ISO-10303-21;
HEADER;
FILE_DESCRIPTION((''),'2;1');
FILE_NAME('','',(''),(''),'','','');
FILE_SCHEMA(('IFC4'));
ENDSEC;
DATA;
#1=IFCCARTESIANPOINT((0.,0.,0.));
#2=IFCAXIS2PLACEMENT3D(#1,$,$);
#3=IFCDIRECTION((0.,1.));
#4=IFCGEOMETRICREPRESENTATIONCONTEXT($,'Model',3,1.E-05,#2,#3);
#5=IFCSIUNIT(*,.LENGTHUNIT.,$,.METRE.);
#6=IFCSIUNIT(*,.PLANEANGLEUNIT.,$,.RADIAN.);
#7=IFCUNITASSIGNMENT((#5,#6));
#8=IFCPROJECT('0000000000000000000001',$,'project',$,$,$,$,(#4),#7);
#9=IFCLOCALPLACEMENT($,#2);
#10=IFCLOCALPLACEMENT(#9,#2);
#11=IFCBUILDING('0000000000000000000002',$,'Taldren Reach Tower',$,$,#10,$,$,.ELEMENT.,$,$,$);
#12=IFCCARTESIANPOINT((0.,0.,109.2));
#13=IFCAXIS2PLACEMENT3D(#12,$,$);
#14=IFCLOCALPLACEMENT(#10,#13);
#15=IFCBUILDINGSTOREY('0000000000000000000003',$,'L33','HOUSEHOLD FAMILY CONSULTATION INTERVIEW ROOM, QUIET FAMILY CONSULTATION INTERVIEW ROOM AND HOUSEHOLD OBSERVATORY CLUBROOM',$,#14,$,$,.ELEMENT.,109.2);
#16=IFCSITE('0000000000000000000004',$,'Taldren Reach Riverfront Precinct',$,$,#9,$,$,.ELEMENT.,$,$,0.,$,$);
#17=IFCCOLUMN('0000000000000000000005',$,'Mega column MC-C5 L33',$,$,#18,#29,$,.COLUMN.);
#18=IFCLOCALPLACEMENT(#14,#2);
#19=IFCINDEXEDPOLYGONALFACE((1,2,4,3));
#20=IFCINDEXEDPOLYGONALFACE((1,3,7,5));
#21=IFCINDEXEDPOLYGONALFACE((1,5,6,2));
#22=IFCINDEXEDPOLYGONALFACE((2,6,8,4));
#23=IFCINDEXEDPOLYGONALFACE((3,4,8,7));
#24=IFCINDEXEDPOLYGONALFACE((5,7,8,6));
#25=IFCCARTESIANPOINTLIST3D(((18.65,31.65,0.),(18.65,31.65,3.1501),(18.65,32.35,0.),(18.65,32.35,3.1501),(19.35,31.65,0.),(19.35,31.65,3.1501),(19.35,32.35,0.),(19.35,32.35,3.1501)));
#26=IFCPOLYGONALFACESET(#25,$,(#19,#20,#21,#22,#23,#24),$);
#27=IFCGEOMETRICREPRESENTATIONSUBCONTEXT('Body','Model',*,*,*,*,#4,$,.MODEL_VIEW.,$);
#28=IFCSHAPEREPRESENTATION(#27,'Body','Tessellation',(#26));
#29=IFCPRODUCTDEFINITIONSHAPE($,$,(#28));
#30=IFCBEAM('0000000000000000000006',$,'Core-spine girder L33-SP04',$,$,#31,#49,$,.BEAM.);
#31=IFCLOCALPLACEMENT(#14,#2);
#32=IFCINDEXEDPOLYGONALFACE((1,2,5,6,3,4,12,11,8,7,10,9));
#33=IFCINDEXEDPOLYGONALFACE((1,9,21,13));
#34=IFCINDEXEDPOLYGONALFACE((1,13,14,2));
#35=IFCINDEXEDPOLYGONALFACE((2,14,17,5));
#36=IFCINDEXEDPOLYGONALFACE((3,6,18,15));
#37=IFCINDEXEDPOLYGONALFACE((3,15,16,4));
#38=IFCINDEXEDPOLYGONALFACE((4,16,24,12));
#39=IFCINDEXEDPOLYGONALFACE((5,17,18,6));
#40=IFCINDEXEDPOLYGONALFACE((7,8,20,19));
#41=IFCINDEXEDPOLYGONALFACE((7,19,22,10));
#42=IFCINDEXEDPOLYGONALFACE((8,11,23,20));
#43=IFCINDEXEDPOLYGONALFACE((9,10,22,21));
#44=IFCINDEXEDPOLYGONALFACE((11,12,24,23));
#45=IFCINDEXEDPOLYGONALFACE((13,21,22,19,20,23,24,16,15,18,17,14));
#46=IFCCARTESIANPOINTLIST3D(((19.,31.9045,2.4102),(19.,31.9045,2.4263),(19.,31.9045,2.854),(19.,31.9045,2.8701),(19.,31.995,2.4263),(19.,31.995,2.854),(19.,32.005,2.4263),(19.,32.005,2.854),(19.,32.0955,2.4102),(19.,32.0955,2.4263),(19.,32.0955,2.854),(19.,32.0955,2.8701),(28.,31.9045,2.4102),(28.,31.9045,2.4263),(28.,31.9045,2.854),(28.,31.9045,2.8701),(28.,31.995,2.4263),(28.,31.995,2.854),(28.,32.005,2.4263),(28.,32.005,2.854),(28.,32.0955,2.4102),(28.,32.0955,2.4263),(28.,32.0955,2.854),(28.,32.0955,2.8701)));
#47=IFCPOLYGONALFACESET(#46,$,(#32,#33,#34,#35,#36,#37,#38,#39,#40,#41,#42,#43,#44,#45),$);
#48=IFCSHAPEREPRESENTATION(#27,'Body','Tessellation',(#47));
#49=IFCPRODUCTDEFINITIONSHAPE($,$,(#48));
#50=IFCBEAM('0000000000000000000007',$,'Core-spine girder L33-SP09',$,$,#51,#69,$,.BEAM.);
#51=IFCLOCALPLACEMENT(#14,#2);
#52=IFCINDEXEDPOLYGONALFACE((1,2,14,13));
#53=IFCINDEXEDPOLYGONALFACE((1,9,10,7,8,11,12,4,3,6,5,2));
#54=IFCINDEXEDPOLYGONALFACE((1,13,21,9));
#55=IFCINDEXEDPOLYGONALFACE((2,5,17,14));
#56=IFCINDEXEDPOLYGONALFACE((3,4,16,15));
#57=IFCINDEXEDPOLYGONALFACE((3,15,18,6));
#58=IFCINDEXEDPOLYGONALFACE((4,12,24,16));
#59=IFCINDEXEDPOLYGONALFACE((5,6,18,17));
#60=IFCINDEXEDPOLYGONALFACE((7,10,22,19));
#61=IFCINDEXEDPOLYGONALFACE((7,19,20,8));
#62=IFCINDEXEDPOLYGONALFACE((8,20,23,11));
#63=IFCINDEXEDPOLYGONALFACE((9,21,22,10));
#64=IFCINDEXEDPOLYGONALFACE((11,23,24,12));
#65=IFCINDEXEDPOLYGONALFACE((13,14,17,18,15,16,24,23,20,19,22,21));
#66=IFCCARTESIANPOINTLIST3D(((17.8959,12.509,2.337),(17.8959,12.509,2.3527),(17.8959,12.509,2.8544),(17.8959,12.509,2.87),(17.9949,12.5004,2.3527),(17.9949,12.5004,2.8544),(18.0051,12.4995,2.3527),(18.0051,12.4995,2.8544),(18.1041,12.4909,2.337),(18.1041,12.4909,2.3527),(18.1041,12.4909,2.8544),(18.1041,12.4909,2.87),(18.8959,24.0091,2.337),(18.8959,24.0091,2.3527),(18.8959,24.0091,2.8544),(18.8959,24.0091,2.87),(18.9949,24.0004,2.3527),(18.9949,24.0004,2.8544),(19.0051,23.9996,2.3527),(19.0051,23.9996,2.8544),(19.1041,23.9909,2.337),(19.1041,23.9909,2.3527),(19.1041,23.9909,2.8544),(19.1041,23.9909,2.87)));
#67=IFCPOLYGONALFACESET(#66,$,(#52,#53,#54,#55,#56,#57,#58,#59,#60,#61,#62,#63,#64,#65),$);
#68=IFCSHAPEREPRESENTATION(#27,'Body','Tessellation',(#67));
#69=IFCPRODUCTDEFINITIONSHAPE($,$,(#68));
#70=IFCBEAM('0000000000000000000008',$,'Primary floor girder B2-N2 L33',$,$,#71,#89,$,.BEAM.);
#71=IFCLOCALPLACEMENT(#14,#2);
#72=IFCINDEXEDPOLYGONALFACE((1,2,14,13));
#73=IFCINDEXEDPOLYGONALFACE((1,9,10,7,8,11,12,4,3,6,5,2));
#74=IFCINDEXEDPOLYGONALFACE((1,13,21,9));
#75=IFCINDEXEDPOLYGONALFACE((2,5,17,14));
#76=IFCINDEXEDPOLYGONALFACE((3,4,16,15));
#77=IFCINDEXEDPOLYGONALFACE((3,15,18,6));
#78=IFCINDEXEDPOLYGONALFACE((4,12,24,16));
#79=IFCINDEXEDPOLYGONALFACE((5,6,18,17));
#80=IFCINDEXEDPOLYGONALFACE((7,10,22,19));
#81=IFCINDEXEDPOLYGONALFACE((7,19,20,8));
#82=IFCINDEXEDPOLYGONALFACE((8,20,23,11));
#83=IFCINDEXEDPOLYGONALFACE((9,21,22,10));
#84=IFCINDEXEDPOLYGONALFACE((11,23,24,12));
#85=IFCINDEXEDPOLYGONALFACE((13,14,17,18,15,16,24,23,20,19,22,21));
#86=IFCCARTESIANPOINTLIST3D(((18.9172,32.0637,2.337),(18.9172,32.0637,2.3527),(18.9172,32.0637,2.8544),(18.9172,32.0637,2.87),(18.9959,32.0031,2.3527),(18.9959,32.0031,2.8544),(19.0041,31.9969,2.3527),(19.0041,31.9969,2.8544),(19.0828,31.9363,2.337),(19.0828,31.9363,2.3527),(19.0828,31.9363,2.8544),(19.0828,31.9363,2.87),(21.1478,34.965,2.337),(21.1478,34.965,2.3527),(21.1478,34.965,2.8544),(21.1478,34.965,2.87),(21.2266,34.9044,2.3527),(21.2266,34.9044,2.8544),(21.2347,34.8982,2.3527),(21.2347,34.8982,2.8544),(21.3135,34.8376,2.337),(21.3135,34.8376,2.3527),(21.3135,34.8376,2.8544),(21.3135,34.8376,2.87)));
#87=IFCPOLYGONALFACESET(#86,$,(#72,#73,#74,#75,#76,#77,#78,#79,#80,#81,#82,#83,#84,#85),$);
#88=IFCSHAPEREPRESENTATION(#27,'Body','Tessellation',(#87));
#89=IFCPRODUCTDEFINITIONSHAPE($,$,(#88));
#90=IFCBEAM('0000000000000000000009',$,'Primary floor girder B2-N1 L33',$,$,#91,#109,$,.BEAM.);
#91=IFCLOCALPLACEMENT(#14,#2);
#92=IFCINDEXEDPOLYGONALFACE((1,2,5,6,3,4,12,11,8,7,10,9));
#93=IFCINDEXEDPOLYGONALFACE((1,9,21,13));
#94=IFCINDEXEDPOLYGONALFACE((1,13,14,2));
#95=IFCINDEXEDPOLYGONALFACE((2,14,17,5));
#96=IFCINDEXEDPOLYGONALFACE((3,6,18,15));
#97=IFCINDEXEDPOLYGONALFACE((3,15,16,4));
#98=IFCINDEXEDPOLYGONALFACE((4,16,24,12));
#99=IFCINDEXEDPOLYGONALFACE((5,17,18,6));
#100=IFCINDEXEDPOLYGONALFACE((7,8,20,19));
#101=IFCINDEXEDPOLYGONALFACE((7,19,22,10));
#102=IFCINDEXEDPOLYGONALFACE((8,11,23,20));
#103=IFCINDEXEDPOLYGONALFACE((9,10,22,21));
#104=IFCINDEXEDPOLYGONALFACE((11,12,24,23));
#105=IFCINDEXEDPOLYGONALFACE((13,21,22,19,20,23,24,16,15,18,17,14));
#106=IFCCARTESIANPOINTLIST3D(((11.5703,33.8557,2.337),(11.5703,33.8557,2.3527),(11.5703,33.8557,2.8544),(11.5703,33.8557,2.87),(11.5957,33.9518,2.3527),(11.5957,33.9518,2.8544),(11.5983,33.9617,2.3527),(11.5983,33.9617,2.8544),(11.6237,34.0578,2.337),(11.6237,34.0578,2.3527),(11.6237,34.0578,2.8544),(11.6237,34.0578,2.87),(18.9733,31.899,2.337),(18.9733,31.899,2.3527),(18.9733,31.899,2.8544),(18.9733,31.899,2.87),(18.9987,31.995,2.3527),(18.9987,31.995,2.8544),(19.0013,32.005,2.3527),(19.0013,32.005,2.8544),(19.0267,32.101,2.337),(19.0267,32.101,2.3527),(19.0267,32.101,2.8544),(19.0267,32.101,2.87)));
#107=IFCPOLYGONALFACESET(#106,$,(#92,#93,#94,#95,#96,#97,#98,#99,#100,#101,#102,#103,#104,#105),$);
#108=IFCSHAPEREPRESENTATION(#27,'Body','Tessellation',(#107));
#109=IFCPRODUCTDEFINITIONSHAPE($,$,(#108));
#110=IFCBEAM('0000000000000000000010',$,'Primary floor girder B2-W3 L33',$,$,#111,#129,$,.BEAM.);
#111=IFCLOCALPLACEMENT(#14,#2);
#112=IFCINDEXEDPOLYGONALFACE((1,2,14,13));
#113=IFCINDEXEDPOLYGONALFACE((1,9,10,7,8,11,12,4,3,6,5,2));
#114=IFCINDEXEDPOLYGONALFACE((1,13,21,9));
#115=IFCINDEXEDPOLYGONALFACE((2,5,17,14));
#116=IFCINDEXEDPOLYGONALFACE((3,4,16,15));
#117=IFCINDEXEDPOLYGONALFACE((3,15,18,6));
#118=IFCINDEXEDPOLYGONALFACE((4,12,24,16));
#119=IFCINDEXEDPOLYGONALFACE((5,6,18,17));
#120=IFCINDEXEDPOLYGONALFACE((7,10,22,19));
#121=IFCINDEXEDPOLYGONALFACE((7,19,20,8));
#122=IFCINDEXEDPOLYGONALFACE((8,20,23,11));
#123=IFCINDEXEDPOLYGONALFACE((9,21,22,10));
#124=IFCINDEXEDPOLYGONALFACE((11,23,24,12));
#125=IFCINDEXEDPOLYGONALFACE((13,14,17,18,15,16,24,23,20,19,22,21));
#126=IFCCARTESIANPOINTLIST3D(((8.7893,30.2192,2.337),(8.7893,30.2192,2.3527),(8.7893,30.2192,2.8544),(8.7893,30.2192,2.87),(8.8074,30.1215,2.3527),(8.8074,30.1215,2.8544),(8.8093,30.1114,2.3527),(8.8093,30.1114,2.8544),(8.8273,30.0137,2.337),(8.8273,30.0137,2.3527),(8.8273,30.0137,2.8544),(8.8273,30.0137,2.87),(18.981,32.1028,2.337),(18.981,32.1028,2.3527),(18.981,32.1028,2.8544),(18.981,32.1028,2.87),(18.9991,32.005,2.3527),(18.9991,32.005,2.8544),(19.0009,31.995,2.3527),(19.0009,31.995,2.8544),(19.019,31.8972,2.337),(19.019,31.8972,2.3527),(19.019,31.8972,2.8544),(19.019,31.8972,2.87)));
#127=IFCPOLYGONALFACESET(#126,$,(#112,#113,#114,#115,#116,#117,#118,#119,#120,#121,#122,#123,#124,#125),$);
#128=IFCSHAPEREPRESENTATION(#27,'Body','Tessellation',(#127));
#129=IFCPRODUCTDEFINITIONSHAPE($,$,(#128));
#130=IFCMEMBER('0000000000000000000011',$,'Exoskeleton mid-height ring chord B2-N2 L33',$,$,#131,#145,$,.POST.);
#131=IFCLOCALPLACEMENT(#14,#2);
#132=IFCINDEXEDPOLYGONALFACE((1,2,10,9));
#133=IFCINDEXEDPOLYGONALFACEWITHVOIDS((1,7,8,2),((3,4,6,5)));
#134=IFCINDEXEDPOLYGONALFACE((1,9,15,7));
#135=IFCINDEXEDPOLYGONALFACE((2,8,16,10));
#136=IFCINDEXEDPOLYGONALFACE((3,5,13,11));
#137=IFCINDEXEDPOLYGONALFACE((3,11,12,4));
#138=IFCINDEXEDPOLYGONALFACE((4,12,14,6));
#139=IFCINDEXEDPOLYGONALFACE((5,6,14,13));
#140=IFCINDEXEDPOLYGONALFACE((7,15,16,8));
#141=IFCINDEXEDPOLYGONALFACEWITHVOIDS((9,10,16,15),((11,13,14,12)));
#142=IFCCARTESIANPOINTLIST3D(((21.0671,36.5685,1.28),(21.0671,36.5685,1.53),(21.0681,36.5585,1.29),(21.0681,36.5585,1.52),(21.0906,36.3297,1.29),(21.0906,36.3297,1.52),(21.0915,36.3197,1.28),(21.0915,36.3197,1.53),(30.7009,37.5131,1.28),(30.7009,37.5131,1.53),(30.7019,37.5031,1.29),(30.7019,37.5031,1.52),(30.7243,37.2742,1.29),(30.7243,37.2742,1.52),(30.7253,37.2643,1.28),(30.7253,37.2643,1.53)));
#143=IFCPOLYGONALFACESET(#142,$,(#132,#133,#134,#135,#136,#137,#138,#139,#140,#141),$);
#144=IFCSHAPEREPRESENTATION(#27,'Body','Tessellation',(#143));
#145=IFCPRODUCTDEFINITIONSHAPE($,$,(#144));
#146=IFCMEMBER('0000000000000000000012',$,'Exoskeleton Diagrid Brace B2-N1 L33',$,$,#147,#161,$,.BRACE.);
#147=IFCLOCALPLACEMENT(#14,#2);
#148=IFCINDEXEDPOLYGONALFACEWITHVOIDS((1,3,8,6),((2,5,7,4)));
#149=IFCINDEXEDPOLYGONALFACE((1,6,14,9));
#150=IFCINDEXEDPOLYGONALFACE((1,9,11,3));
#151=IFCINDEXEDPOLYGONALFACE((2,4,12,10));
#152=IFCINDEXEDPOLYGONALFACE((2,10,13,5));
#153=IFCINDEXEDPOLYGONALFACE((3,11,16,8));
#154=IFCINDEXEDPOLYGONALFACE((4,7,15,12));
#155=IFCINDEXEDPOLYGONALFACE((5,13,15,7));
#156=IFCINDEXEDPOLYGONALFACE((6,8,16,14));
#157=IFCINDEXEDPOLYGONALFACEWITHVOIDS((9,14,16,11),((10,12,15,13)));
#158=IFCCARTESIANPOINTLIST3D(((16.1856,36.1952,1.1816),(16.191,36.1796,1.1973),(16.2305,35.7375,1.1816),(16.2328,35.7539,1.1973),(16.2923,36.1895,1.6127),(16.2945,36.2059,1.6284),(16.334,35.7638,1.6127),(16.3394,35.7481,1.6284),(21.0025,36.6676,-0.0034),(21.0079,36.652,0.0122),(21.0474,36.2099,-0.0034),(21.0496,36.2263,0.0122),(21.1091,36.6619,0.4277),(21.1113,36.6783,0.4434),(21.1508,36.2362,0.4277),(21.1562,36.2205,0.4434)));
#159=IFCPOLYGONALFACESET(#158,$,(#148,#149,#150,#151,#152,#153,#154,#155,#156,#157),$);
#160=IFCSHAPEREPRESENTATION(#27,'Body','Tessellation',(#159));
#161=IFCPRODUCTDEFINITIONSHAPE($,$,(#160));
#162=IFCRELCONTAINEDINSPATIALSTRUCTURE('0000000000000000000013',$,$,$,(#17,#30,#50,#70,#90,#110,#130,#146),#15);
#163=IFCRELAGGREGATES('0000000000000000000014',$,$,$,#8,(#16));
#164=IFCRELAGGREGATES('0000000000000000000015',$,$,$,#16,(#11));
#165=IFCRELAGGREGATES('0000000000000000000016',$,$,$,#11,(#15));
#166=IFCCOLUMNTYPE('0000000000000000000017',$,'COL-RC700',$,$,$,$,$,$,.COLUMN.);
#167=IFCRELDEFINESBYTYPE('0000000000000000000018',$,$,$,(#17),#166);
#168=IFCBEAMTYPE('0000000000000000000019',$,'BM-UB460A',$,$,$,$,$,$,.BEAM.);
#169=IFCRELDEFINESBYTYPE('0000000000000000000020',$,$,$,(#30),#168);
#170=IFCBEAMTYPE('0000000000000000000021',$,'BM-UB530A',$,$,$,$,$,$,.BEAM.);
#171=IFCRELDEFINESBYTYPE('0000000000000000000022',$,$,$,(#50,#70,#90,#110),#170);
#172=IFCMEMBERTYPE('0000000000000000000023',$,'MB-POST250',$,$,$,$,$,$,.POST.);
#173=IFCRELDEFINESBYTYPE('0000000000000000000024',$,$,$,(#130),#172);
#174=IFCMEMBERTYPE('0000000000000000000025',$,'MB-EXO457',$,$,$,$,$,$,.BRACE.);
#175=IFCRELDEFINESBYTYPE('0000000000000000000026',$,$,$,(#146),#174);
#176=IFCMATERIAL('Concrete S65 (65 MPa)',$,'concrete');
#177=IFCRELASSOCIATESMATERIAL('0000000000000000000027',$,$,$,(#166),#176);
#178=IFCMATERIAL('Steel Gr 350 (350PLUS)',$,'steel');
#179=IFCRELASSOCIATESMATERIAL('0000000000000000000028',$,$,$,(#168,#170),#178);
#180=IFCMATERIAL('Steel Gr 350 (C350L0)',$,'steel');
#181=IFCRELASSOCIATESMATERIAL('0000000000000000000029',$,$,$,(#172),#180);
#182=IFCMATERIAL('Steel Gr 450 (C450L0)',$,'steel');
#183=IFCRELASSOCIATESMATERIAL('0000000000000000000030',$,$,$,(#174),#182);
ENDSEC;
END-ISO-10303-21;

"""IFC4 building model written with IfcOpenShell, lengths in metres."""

from ifc_helpers import new_model, si_unit, direction, frame, origin, origin_2d, place, context, subcontext, project, spatial, rectangle, hollow_rectangle, i_section, extrude, source, transform, mapped, material, material_profile, profile_set, type_object, element, save


model = new_model("IFC4")

# Units and contexts
model_context = context("Model", 3, precision=1e-05, world=origin(), true_north=direction((0.0, 1.0)))
body_context = subcontext(model_context, "Body", "Model", "MODEL_VIEW")
ifc_project = project(units=[si_unit("LENGTHUNIT", "METRE"), si_unit("PLANEANGLEUNIT", "RADIAN")], contexts=[model_context])

# Site, building, storey
site_placement = place(None, origin())
site = spatial("IfcSite", under=ifc_project, at=site_placement, Name="Taldren Reach Riverfront Precinct", CompositionType="ELEMENT", RefElevation=0.0)
building_placement = place(site_placement, origin())
building = spatial("IfcBuilding", under=site, at=building_placement, Name="Taldren Reach Tower", CompositionType="ELEMENT")
storey_placement = place(building_placement, frame((0.0, 0.0, 109.2)))
storey = spatial("IfcBuildingStorey", under=building, at=storey_placement, Name="L33", Description="HOUSEHOLD FAMILY CONSULTATION INTERVIEW ROOM, QUIET FAMILY CONSULTATION INTERVIEW ROOM AND HOUSEHOLD OBSERVATORY CLUBROOM", CompositionType="ELEMENT", Elevation=109.2)

# Column
ifc_material_1 = material(Name="Concrete S65 (65 MPa)", Category="concrete")
ifc_material_profile_1 = material_profile(ifc_material_1, rectangle(XDim=0.7, YDim=0.7, at=origin_2d()), Name="RC-700x700")
ifc_profile_set_1 = profile_set([ifc_material_profile_1], Name="Concrete S65 (65 MPa)")
column_type = type_object("IfcColumnType", Name="COL-RC700", PredefinedType="COLUMN", material=ifc_profile_set_1)
shared_shape_1 = source(origin(), body_context, "Body", "SweptSolid", [
    extrude(rectangle(XDim=0.7, YDim=0.7, at=origin_2d()), origin(), (0.0, 0.0, 1.0), 3.1501),
])
column_placement = place(storey_placement, frame((19.0, 32.0, 0.0), z_axis=(0.0, 0.0, 1.0), x_axis=(1.0, 0.0, 0.0)))
element("IfcColumn", 1, at=column_placement, inside=storey, type_object=column_type, Name="Mega column MC-C5 L33", PredefinedType="COLUMN", context=body_context, shape_type="MappedRepresentation", body=[
    mapped(shared_shape_1, transform((0.0, 0.0, 0.0), scale=1.0)),
])

# Beams
ifc_material_2 = material(Name="Steel Gr 350 (350PLUS)", Category="steel")
ifc_material_profile_2 = material_profile(ifc_material_2, i_section(OverallWidth=0.1909, OverallDepth=0.46, WebThickness=0.01, FlangeThickness=0.0161, at=origin_2d()), Name="460UB82.1")
ifc_profile_set_2 = profile_set([ifc_material_profile_2], Name="Steel Gr 350 (350PLUS)")
beam_type_1 = type_object("IfcBeamType", Name="BM-UB460A", PredefinedType="BEAM", material=ifc_profile_set_2)
shared_shape_2 = source(origin(), body_context, "Body", "SweptSolid", [
    extrude(i_section(OverallWidth=0.1909, OverallDepth=0.46, WebThickness=0.01, FlangeThickness=0.0161, at=origin_2d()), origin(), (0.0, 0.0, 1.0), 9.0),
])
beam_1_placement = place(storey_placement, frame((19.0, 32.0, 2.6401), z_axis=(1.0, 0.0, 0.0), x_axis=(0.0, 1.0, 0.0)))
element("IfcBeam", 2, at=beam_1_placement, inside=storey, type_object=beam_type_1, Name="Core-spine girder L33-SP04", PredefinedType="BEAM", context=body_context, shape_type="MappedRepresentation", body=[
    mapped(shared_shape_2, transform((0.0, 0.0, 0.0), scale=1.0)),
])
ifc_material_profile_3 = material_profile(ifc_material_2, i_section(OverallWidth=0.209, OverallDepth=0.533, WebThickness=0.0103, FlangeThickness=0.0156, at=origin_2d()), Name="530UB92.4")
ifc_profile_set_3 = profile_set([ifc_material_profile_3], Name="Steel Gr 350 (350PLUS)")
beam_type_2 = type_object("IfcBeamType", Name="BM-UB530A", PredefinedType="BEAM", material=ifc_profile_set_3)
shared_shape_3 = source(origin(), body_context, "Body", "SweptSolid", [
    extrude(i_section(OverallWidth=0.209, OverallDepth=0.533, WebThickness=0.0103, FlangeThickness=0.0156, at=origin_2d()), origin(), (0.0, 0.0, 1.0), 11.5435),
])
beam_2_placement = place(storey_placement, frame((19.0, 24.0, 2.6035), z_axis=(-0.08663, -0.996241, 0.0), x_axis=(0.996241, -0.08663, 0.0)))
element("IfcBeam", 3, at=beam_2_placement, inside=storey, type_object=beam_type_2, Name="Core-spine girder L33-SP09", PredefinedType="BEAM", context=body_context, shape_type="MappedRepresentation", body=[
    mapped(shared_shape_3, transform((0.0, 0.0, 0.0), scale=1.0)),
])
shared_shape_4 = source(origin(), body_context, "Body", "SweptSolid", [
    extrude(i_section(OverallWidth=0.209, OverallDepth=0.533, WebThickness=0.0103, FlangeThickness=0.0156, at=origin_2d()), origin(), (0.0, 0.0, 1.0), 3.6597),
])
beam_3_placement = place(storey_placement, frame((19.0, 32.0, 2.6035), z_axis=(0.609521, 0.79277, 0.0), x_axis=(-0.79277, 0.609521, 0.0)))
element("IfcBeam", 4, at=beam_3_placement, inside=storey, type_object=beam_type_2, Name="Primary floor girder B2-N2 L33", PredefinedType="BEAM", context=body_context, shape_type="MappedRepresentation", body=[
    mapped(shared_shape_4, transform((0.0, 0.0, 0.0), scale=1.0)),
])
shared_shape_5 = source(origin(), body_context, "Body", "SweptSolid", [
    extrude(i_section(OverallWidth=0.209, OverallDepth=0.533, WebThickness=0.0103, FlangeThickness=0.0156, at=origin_2d()), origin(), (0.0, 0.0, 1.0), 7.6572),
])
beam_4_placement = place(storey_placement, frame((19.0, 32.0, 2.6035), z_axis=(-0.966797, 0.255545, 0.0), x_axis=(-0.255545, -0.966797, 0.0)))
element("IfcBeam", 5, at=beam_4_placement, inside=storey, type_object=beam_type_2, Name="Primary floor girder B2-N1 L33", PredefinedType="BEAM", context=body_context, shape_type="MappedRepresentation", body=[
    mapped(shared_shape_5, transform((0.0, 0.0, 0.0), scale=1.0)),
])
shared_shape_6 = source(origin(), body_context, "Body", "SweptSolid", [
    extrude(i_section(OverallWidth=0.209, OverallDepth=0.533, WebThickness=0.0103, FlangeThickness=0.0156, at=origin_2d()), origin(), (0.0, 0.0, 1.0), 10.3643),
])
beam_5_placement = place(storey_placement, frame((19.0, 32.0, 2.6035), z_axis=(-0.983348, -0.181735, 0.0), x_axis=(0.181735, -0.983348, 0.0)))
element("IfcBeam", 6, at=beam_5_placement, inside=storey, type_object=beam_type_2, Name="Primary floor girder B2-W3 L33", PredefinedType="BEAM", context=body_context, shape_type="MappedRepresentation", body=[
    mapped(shared_shape_6, transform((0.0, 0.0, 0.0), scale=1.0)),
])

# Members
ifc_material_3 = material(Name="Steel Gr 350 (C350L0)", Category="steel")
ifc_material_profile_4 = material_profile(ifc_material_3, hollow_rectangle(XDim=0.25, YDim=0.25, WallThickness=0.01, at=origin_2d()), Name="250x250x10.0SHS")
ifc_profile_set_4 = profile_set([ifc_material_profile_4], Name="Steel Gr 350 (C350L0)")
member_type_1 = type_object("IfcMemberType", Name="MB-POST250", PredefinedType="POST", material=ifc_profile_set_4)
shared_shape_7 = source(origin(), body_context, "Body", "SweptSolid", [
    extrude(hollow_rectangle(XDim=0.25, YDim=0.25, WallThickness=0.01, at=origin_2d()), origin(), (0.0, 0.0, 1.0), 9.6799),
])
member_placement = place(storey_placement, frame((21.0793, 36.4441, 1.405), z_axis=(0.995228, 0.097581, 0.0), x_axis=(-0.097581, 0.995228, 0.0)))
element("IfcMember", 7, at=member_placement, inside=storey, type_object=member_type_1, Name="Exoskeleton mid-height ring chord B2-N2 L33", PredefinedType="POST", context=body_context, shape_type="MappedRepresentation", body=[
    mapped(shared_shape_7, transform((0.0, 0.0, 0.0), scale=1.0)),
])
ifc_material_4 = material(Name="Steel Gr 450 (C450L0)", Category="steel")
ifc_material_profile_5 = material_profile(ifc_material_4, hollow_rectangle(XDim=0.46, YDim=0.46, WallThickness=0.0161, at=origin_2d()), Name="460x460x16.0SHS")
ifc_profile_set_5 = profile_set([ifc_material_profile_5], Name="Steel Gr 450 (C450L0)")
member_type_2 = type_object("IfcMemberType", Name="MB-EXO457", PredefinedType="BRACE", material=ifc_profile_set_5)
shared_shape_8 = source(origin(), body_context, "Body", "SweptSolid", [
    extrude(hollow_rectangle(XDim=0.46, YDim=0.46, WallThickness=0.0161, at=origin_2d()), origin(), (0.0, 0.0, 1.0), 4.9829),
])
for number, where, z_axis, x_axis, name in (
    (8, (21.0793, 36.4441, 0.22), (-0.966671, -0.094805, 0.237822), (0.097606, -0.995225, 0.0), "Exoskeleton Diagrid Brace B2-N1 L33"),
):
    element("IfcMember", number, at=place(storey_placement, frame(where, z_axis=z_axis, x_axis=x_axis)), inside=storey, type_object=member_type_2, Name=name, PredefinedType="BRACE", context=body_context, shape_type="MappedRepresentation", body=[
        mapped(shared_shape_8, transform((0.0, 0.0, 0.0), scale=1.0)),
    ])

save(model, "model.ifc")
